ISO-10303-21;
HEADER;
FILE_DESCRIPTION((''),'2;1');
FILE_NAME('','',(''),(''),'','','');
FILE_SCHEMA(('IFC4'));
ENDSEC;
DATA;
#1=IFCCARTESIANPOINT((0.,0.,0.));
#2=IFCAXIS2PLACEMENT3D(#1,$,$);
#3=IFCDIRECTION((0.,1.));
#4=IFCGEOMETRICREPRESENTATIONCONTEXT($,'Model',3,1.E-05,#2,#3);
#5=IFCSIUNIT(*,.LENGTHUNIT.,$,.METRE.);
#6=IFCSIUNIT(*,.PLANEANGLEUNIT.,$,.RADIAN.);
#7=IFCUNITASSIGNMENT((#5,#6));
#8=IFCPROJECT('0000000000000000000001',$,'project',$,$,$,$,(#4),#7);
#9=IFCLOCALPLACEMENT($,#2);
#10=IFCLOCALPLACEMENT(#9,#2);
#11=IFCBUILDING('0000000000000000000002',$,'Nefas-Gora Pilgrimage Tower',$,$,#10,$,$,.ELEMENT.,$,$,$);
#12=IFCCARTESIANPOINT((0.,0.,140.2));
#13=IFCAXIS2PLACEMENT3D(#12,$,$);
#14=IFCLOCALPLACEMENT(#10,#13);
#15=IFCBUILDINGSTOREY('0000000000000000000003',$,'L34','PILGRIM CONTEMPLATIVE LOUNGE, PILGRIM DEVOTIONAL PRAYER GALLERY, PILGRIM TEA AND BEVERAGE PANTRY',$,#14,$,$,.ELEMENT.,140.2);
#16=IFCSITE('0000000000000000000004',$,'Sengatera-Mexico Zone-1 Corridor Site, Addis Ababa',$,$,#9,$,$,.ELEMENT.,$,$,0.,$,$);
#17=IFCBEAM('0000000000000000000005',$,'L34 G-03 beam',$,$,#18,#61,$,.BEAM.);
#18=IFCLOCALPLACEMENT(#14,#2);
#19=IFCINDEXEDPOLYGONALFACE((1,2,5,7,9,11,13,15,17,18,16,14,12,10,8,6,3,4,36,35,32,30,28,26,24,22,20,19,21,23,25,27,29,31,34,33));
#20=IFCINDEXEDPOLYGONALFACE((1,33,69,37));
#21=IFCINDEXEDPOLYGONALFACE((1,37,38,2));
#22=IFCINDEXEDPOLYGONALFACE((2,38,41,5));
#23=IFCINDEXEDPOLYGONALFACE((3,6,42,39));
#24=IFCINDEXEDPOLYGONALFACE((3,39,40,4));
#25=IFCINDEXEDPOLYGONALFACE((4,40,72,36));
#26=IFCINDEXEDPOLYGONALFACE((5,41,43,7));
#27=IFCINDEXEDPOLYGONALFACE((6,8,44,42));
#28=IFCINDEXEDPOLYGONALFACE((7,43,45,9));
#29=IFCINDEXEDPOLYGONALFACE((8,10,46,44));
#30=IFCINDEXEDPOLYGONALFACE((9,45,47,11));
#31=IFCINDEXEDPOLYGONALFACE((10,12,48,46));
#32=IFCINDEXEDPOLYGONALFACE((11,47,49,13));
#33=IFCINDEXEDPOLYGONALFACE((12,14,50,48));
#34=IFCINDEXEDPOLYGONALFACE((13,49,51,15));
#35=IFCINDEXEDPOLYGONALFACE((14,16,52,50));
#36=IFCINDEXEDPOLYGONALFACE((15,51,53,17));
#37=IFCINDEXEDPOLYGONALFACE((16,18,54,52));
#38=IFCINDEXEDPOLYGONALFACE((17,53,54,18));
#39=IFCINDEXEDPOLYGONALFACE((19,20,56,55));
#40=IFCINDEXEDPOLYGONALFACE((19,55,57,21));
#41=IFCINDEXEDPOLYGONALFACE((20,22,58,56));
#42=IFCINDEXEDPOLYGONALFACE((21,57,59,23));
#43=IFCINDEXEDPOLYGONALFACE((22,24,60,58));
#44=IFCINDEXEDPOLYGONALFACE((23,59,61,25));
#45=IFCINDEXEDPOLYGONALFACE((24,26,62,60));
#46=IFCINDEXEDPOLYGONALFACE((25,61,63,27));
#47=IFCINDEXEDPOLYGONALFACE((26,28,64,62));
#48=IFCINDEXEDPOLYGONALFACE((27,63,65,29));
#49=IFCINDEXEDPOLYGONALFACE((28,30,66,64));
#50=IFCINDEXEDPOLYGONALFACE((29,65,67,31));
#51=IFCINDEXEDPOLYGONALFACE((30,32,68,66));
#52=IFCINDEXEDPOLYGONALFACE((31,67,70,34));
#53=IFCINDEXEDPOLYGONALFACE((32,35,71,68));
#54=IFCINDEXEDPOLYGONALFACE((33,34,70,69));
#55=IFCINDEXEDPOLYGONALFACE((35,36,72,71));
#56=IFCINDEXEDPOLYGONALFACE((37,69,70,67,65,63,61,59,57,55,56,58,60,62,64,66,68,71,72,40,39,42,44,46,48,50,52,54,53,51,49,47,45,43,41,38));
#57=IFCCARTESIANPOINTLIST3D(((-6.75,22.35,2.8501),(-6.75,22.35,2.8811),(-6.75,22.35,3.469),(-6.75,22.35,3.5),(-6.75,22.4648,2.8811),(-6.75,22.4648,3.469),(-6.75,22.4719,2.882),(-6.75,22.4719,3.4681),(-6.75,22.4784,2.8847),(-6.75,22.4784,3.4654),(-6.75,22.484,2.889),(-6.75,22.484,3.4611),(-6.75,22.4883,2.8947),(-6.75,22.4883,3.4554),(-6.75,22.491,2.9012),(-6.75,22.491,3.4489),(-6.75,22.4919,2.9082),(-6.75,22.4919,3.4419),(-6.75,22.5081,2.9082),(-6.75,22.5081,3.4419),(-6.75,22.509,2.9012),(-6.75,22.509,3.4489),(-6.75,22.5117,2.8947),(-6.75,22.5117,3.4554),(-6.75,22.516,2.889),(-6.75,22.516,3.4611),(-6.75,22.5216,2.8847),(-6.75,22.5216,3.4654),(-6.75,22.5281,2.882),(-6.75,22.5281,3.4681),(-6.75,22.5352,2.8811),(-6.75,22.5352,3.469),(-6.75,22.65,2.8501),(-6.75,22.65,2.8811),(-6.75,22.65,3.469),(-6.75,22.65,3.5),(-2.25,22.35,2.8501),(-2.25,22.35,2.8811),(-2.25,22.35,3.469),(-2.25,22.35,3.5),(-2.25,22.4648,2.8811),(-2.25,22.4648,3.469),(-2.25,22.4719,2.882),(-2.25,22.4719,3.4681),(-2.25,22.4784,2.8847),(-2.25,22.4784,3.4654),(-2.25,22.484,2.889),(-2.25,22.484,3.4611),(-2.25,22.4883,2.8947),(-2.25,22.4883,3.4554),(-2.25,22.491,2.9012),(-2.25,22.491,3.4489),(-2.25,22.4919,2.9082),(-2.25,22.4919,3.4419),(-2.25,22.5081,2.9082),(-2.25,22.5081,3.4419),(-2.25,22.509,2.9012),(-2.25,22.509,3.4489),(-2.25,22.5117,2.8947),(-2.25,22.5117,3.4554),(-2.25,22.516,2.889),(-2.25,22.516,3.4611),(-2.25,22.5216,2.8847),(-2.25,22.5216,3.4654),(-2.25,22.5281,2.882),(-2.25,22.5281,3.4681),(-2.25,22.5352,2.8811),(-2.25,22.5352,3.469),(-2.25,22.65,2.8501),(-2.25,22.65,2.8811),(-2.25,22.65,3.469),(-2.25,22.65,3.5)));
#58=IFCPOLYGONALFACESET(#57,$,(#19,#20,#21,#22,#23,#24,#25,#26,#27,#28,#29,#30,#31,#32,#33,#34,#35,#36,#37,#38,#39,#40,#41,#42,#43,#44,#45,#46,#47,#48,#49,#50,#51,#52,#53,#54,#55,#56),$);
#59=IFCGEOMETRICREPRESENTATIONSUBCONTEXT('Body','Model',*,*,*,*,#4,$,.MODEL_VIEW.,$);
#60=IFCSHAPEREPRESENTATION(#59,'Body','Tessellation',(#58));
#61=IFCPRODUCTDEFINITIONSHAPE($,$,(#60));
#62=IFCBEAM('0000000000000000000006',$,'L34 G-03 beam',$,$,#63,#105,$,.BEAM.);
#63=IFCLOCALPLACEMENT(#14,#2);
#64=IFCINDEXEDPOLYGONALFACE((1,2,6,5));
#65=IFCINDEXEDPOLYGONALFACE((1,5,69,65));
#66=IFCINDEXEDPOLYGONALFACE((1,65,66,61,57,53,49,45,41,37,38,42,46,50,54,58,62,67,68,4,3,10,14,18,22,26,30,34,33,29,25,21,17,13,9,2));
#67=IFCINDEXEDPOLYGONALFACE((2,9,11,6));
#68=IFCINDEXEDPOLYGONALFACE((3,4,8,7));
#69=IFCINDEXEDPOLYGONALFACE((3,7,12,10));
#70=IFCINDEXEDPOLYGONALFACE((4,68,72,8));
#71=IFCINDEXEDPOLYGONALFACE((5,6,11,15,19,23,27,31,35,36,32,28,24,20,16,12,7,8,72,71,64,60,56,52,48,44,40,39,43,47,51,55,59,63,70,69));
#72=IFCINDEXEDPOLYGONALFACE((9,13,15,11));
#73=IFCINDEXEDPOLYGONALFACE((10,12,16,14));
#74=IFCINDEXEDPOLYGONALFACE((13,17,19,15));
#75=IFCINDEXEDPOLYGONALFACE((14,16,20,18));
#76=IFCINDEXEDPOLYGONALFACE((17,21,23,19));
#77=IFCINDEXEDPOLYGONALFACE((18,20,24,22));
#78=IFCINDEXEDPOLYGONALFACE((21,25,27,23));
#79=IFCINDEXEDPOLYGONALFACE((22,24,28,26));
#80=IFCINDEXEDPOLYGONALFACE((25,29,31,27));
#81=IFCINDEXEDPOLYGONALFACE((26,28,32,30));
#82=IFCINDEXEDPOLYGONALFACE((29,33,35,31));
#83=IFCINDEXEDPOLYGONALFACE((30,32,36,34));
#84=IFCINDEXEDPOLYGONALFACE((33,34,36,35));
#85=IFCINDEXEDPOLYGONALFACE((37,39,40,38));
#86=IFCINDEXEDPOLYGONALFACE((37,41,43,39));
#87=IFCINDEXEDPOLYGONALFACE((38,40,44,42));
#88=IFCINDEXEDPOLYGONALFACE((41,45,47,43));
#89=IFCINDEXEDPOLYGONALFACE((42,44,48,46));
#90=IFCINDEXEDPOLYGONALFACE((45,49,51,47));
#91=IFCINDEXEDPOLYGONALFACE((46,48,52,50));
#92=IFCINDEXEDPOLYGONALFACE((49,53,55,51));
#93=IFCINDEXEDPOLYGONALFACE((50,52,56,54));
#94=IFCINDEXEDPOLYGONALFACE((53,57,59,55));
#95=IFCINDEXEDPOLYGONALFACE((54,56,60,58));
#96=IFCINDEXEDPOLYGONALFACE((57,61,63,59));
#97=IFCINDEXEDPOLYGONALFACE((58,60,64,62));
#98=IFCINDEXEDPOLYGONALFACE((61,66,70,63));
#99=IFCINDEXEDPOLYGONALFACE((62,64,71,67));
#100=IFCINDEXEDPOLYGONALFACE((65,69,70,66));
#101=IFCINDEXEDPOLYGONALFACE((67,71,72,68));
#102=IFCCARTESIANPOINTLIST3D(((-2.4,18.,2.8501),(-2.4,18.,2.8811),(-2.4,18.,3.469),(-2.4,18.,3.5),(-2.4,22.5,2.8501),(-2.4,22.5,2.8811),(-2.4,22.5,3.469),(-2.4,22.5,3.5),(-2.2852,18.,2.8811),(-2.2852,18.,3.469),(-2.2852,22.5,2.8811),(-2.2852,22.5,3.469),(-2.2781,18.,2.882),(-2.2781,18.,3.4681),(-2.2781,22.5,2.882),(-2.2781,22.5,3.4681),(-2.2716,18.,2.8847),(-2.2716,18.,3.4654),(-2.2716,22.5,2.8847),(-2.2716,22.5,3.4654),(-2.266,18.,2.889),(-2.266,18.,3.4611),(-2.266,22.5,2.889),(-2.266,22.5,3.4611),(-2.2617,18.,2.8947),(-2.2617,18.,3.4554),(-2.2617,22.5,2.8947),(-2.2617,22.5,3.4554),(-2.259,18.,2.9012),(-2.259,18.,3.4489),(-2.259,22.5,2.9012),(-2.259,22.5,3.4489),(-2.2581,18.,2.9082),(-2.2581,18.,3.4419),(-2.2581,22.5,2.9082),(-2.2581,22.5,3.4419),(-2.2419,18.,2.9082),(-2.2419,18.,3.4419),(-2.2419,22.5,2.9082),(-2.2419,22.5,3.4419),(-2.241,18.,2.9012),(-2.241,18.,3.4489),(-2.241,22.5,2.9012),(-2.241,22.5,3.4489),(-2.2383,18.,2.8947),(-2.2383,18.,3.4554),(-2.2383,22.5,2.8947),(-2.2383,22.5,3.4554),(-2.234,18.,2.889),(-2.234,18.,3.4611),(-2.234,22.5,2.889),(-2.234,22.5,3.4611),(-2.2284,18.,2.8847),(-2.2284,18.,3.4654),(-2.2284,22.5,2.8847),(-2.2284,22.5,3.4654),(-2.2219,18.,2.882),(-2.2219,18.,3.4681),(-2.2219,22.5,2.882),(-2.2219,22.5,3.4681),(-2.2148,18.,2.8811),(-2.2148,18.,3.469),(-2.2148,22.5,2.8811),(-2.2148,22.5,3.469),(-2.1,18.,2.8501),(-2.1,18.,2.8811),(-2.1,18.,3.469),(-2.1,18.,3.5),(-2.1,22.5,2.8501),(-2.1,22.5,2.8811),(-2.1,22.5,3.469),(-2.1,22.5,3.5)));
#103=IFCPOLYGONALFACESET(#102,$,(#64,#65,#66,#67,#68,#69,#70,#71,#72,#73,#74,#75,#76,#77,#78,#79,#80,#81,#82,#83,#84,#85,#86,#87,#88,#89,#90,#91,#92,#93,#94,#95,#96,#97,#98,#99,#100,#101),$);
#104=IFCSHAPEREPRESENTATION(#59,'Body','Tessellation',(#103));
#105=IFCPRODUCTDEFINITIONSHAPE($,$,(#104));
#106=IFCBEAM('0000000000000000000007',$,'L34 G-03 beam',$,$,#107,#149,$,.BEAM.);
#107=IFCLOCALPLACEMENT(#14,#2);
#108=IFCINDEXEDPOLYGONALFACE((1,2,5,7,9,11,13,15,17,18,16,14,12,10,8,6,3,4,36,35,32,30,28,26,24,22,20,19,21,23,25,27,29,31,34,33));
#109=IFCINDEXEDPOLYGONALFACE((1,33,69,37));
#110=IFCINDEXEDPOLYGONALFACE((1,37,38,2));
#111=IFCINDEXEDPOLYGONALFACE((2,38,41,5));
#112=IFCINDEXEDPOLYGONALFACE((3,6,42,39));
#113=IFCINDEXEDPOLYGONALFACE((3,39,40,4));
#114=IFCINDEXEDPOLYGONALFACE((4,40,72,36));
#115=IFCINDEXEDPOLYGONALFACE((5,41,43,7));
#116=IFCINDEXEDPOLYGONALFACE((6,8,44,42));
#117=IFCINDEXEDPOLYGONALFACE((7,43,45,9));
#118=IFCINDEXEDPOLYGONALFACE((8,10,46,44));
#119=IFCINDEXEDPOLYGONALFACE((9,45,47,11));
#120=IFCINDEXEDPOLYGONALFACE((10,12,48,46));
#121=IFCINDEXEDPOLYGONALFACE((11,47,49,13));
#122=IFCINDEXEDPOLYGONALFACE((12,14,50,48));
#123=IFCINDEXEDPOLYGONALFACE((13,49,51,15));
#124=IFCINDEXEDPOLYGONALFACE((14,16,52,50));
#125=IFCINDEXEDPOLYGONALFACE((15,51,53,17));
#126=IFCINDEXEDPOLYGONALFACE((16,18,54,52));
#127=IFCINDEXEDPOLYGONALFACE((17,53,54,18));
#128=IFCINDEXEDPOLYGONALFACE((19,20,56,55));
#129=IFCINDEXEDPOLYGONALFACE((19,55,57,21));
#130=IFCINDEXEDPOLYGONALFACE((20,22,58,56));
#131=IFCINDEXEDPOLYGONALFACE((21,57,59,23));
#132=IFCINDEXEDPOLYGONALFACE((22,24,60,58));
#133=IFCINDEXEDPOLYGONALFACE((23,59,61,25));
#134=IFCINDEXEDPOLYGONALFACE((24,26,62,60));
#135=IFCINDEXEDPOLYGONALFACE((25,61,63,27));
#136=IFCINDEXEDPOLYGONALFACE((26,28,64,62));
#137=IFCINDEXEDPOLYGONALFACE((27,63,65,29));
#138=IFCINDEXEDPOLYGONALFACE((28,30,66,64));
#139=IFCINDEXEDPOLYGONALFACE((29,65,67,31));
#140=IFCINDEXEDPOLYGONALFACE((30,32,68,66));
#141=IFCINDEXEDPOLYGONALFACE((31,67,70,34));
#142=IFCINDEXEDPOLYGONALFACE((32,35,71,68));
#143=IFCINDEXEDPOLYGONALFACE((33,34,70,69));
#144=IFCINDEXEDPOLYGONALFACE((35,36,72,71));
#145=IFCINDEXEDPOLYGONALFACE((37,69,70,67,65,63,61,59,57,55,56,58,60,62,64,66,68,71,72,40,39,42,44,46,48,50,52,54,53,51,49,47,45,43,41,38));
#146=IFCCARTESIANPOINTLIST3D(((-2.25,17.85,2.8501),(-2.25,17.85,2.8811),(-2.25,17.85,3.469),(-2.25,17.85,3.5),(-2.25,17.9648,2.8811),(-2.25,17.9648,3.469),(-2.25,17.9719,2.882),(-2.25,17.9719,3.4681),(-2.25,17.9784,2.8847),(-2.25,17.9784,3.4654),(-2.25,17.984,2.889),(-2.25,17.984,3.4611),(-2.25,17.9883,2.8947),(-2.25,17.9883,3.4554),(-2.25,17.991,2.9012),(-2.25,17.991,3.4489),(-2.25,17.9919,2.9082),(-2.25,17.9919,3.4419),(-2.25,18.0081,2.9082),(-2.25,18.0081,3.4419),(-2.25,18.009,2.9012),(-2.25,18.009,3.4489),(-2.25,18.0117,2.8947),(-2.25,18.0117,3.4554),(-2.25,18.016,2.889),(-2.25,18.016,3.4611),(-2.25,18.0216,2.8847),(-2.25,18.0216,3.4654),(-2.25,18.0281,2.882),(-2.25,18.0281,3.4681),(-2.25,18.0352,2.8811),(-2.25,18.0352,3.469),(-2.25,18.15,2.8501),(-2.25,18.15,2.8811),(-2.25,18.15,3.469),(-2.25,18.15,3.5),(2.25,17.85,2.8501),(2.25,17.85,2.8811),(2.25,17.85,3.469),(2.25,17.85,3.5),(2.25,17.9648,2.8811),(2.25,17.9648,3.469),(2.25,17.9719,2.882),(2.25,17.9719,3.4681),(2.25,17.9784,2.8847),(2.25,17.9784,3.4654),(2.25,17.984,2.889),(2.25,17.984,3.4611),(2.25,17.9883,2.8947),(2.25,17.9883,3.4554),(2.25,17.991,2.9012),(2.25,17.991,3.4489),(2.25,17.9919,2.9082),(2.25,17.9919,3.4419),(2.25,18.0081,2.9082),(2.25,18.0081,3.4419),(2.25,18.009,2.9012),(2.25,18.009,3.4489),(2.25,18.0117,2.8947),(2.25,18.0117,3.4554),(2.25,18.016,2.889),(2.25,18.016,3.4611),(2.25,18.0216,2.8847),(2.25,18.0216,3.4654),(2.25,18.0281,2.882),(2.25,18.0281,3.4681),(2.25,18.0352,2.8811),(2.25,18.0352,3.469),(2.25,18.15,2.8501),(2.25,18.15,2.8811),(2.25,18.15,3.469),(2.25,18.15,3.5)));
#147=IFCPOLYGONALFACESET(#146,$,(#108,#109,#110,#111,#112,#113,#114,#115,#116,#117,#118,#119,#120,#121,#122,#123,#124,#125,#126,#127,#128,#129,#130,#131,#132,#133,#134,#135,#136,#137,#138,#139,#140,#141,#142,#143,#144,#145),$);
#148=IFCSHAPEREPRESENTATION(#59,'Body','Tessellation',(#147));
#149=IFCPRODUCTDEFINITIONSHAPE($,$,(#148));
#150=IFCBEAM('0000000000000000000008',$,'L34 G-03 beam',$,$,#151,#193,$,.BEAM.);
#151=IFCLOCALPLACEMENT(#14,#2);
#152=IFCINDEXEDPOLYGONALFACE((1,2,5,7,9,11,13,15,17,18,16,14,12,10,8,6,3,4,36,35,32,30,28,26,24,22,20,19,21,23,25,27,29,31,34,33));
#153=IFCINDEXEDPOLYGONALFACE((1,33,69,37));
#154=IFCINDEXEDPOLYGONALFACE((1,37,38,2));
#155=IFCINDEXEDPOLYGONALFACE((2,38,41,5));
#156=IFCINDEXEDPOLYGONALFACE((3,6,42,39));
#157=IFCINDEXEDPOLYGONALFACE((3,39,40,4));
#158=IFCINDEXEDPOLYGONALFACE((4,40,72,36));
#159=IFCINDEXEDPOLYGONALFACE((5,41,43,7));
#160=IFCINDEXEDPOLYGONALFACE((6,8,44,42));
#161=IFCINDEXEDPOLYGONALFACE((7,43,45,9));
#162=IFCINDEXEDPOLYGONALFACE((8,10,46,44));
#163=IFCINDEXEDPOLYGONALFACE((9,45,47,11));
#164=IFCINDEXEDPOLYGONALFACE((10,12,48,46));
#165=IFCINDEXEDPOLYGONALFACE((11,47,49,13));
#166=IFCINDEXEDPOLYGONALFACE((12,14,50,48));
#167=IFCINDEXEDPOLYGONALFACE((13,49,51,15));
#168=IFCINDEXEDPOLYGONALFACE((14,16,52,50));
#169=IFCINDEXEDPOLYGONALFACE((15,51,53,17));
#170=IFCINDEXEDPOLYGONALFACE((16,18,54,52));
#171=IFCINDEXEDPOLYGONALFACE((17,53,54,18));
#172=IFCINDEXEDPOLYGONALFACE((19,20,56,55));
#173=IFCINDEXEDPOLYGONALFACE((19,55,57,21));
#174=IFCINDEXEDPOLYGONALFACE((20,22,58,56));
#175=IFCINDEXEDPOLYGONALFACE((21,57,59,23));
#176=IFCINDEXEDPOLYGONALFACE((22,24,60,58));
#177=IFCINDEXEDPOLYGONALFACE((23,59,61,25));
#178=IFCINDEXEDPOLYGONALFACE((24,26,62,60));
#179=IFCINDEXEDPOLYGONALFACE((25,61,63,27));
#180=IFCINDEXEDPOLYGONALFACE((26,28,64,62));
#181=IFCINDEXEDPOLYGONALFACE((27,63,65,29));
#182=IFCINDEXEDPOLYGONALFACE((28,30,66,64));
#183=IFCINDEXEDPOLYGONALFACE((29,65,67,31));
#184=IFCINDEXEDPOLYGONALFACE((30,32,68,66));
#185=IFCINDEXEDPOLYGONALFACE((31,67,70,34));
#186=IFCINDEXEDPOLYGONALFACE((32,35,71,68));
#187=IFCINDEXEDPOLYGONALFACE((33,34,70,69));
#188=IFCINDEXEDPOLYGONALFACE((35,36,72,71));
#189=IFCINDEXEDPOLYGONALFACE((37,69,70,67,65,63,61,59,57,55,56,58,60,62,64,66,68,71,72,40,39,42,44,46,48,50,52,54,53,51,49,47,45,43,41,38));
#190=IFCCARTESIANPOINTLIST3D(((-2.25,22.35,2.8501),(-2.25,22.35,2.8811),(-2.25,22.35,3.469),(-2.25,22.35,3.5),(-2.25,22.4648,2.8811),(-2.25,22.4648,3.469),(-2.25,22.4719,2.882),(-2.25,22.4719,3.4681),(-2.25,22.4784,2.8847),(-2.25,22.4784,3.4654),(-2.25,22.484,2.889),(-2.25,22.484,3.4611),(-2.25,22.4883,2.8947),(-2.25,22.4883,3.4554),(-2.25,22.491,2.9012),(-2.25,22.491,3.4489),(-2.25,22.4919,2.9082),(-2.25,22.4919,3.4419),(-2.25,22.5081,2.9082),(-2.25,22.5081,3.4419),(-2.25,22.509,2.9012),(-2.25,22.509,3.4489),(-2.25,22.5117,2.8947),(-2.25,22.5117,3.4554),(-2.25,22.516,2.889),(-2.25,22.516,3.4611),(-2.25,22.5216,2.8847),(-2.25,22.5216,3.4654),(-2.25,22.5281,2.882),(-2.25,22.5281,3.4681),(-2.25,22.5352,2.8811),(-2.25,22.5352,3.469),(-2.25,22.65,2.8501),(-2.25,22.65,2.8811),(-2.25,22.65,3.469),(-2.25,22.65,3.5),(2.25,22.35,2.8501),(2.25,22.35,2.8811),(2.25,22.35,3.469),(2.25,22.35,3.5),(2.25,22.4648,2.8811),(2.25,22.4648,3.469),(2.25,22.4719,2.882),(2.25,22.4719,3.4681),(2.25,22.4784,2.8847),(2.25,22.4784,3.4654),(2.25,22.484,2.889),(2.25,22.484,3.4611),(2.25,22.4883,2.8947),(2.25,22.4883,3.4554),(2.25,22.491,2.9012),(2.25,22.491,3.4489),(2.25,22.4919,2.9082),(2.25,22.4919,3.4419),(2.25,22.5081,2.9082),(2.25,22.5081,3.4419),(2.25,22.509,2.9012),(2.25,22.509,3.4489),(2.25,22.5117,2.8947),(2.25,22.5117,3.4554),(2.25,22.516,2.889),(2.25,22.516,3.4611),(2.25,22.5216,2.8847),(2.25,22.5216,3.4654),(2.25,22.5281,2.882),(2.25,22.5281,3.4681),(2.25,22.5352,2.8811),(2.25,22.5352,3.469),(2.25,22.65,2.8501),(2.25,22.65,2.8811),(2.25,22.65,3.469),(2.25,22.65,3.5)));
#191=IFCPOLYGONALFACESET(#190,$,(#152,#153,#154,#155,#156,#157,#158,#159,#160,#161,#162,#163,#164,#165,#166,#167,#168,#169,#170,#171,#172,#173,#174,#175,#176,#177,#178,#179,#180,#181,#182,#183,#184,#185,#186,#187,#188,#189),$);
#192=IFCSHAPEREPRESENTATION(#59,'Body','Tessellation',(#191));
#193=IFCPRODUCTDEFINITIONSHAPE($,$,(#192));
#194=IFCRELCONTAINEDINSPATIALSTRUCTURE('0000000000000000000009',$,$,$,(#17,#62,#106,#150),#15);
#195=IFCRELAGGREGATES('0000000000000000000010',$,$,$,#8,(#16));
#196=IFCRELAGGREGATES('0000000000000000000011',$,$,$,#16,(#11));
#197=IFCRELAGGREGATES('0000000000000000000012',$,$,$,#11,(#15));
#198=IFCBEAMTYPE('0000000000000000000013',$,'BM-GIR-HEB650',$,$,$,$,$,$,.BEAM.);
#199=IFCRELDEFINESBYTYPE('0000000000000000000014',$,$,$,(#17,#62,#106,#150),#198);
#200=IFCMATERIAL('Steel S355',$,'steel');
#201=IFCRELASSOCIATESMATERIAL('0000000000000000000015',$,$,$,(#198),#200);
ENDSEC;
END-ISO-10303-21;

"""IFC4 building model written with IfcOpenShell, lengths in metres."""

from ifc_helpers import new_model, si_unit, direction, frame, origin, origin_2d, place, context, subcontext, project, spatial, i_section, extrude, source, transform, mapped, material, material_profile, profile_set, type_object, element, save


model = new_model("IFC4")

# Units and contexts
model_context = context("Model", 3, precision=1e-05, world=origin(), true_north=direction((0.0, 1.0)))
body_context = subcontext(model_context, "Body", "Model", "MODEL_VIEW")
ifc_project = project(units=[si_unit("LENGTHUNIT", "METRE"), si_unit("PLANEANGLEUNIT", "RADIAN")], contexts=[model_context])

# Site, building, storey
site_placement = place(None, origin())
site = spatial("IfcSite", under=ifc_project, at=site_placement, Name="Sengatera-Mexico Zone-1 Corridor Site, Addis Ababa", CompositionType="ELEMENT", RefElevation=0.0)
building_placement = place(site_placement, origin())
building = spatial("IfcBuilding", under=site, at=building_placement, Name="Nefas-Gora Pilgrimage Tower", CompositionType="ELEMENT")
storey_placement = place(building_placement, frame((0.0, 0.0, 140.2)))
storey = spatial("IfcBuildingStorey", under=building, at=storey_placement, Name="L34", Description="PILGRIM CONTEMPLATIVE LOUNGE, PILGRIM DEVOTIONAL PRAYER GALLERY, PILGRIM TEA AND BEVERAGE PANTRY", CompositionType="ELEMENT", Elevation=140.2)

# Beams
ifc_material_1 = material(Name="Steel S355", Category="steel")
ifc_material_profile_1 = material_profile(ifc_material_1, i_section(OverallWidth=0.3, OverallDepth=0.6499, WebThickness=0.0161, FlangeThickness=0.031, FilletRadius=0.0271, at=origin_2d()), Name="HEB 650")
ifc_profile_set_1 = profile_set([ifc_material_profile_1], Name="Steel S355")
beam_type = type_object("IfcBeamType", Name="BM-GIR-HEB650", PredefinedType="BEAM", material=ifc_profile_set_1)
shared_shape_1 = source(origin(), body_context, "Body", "SweptSolid", [
    extrude(i_section(OverallWidth=0.3, OverallDepth=0.6499, WebThickness=0.0161, FlangeThickness=0.031, FilletRadius=0.0271, at=origin_2d()), origin(), (0.0, 0.0, 1.0), 4.5),
])
for number, where, z_axis, x_axis, name in (
    (1, (-6.75, 22.5, 3.175), (1.0, 0.0, 0.0), (0.0, 1.0, 0.0), "L34 G-03 beam"),
    (2, (-2.25, 18.0, 3.175), (0.0, 1.0, 0.0), (-1.0, 0.0, 0.0), "L34 G-03 beam"),
    (3, (-2.25, 18.0, 3.175), (1.0, 0.0, 0.0), (0.0, 1.0, 0.0), "L34 G-03 beam"),
    (4, (-2.25, 22.5, 3.175), (1.0, 0.0, 0.0), (0.0, 1.0, 0.0), "L34 G-03 beam"),
):
    element("IfcBeam", number, at=place(storey_placement, frame(where, z_axis=z_axis, x_axis=x_axis)), inside=storey, type_object=beam_type, Name=name, PredefinedType="BEAM", context=body_context, shape_type="MappedRepresentation", body=[
        mapped(shared_shape_1, transform((0.0, 0.0, 0.0), x_axis=(1.0, 0.0, 0.0), y_axis=(0.0, 1.0, 0.0), z_axis=(0.0, 0.0, 1.0), scale=1.0)),
    ])

save(model, "model.ifc")
